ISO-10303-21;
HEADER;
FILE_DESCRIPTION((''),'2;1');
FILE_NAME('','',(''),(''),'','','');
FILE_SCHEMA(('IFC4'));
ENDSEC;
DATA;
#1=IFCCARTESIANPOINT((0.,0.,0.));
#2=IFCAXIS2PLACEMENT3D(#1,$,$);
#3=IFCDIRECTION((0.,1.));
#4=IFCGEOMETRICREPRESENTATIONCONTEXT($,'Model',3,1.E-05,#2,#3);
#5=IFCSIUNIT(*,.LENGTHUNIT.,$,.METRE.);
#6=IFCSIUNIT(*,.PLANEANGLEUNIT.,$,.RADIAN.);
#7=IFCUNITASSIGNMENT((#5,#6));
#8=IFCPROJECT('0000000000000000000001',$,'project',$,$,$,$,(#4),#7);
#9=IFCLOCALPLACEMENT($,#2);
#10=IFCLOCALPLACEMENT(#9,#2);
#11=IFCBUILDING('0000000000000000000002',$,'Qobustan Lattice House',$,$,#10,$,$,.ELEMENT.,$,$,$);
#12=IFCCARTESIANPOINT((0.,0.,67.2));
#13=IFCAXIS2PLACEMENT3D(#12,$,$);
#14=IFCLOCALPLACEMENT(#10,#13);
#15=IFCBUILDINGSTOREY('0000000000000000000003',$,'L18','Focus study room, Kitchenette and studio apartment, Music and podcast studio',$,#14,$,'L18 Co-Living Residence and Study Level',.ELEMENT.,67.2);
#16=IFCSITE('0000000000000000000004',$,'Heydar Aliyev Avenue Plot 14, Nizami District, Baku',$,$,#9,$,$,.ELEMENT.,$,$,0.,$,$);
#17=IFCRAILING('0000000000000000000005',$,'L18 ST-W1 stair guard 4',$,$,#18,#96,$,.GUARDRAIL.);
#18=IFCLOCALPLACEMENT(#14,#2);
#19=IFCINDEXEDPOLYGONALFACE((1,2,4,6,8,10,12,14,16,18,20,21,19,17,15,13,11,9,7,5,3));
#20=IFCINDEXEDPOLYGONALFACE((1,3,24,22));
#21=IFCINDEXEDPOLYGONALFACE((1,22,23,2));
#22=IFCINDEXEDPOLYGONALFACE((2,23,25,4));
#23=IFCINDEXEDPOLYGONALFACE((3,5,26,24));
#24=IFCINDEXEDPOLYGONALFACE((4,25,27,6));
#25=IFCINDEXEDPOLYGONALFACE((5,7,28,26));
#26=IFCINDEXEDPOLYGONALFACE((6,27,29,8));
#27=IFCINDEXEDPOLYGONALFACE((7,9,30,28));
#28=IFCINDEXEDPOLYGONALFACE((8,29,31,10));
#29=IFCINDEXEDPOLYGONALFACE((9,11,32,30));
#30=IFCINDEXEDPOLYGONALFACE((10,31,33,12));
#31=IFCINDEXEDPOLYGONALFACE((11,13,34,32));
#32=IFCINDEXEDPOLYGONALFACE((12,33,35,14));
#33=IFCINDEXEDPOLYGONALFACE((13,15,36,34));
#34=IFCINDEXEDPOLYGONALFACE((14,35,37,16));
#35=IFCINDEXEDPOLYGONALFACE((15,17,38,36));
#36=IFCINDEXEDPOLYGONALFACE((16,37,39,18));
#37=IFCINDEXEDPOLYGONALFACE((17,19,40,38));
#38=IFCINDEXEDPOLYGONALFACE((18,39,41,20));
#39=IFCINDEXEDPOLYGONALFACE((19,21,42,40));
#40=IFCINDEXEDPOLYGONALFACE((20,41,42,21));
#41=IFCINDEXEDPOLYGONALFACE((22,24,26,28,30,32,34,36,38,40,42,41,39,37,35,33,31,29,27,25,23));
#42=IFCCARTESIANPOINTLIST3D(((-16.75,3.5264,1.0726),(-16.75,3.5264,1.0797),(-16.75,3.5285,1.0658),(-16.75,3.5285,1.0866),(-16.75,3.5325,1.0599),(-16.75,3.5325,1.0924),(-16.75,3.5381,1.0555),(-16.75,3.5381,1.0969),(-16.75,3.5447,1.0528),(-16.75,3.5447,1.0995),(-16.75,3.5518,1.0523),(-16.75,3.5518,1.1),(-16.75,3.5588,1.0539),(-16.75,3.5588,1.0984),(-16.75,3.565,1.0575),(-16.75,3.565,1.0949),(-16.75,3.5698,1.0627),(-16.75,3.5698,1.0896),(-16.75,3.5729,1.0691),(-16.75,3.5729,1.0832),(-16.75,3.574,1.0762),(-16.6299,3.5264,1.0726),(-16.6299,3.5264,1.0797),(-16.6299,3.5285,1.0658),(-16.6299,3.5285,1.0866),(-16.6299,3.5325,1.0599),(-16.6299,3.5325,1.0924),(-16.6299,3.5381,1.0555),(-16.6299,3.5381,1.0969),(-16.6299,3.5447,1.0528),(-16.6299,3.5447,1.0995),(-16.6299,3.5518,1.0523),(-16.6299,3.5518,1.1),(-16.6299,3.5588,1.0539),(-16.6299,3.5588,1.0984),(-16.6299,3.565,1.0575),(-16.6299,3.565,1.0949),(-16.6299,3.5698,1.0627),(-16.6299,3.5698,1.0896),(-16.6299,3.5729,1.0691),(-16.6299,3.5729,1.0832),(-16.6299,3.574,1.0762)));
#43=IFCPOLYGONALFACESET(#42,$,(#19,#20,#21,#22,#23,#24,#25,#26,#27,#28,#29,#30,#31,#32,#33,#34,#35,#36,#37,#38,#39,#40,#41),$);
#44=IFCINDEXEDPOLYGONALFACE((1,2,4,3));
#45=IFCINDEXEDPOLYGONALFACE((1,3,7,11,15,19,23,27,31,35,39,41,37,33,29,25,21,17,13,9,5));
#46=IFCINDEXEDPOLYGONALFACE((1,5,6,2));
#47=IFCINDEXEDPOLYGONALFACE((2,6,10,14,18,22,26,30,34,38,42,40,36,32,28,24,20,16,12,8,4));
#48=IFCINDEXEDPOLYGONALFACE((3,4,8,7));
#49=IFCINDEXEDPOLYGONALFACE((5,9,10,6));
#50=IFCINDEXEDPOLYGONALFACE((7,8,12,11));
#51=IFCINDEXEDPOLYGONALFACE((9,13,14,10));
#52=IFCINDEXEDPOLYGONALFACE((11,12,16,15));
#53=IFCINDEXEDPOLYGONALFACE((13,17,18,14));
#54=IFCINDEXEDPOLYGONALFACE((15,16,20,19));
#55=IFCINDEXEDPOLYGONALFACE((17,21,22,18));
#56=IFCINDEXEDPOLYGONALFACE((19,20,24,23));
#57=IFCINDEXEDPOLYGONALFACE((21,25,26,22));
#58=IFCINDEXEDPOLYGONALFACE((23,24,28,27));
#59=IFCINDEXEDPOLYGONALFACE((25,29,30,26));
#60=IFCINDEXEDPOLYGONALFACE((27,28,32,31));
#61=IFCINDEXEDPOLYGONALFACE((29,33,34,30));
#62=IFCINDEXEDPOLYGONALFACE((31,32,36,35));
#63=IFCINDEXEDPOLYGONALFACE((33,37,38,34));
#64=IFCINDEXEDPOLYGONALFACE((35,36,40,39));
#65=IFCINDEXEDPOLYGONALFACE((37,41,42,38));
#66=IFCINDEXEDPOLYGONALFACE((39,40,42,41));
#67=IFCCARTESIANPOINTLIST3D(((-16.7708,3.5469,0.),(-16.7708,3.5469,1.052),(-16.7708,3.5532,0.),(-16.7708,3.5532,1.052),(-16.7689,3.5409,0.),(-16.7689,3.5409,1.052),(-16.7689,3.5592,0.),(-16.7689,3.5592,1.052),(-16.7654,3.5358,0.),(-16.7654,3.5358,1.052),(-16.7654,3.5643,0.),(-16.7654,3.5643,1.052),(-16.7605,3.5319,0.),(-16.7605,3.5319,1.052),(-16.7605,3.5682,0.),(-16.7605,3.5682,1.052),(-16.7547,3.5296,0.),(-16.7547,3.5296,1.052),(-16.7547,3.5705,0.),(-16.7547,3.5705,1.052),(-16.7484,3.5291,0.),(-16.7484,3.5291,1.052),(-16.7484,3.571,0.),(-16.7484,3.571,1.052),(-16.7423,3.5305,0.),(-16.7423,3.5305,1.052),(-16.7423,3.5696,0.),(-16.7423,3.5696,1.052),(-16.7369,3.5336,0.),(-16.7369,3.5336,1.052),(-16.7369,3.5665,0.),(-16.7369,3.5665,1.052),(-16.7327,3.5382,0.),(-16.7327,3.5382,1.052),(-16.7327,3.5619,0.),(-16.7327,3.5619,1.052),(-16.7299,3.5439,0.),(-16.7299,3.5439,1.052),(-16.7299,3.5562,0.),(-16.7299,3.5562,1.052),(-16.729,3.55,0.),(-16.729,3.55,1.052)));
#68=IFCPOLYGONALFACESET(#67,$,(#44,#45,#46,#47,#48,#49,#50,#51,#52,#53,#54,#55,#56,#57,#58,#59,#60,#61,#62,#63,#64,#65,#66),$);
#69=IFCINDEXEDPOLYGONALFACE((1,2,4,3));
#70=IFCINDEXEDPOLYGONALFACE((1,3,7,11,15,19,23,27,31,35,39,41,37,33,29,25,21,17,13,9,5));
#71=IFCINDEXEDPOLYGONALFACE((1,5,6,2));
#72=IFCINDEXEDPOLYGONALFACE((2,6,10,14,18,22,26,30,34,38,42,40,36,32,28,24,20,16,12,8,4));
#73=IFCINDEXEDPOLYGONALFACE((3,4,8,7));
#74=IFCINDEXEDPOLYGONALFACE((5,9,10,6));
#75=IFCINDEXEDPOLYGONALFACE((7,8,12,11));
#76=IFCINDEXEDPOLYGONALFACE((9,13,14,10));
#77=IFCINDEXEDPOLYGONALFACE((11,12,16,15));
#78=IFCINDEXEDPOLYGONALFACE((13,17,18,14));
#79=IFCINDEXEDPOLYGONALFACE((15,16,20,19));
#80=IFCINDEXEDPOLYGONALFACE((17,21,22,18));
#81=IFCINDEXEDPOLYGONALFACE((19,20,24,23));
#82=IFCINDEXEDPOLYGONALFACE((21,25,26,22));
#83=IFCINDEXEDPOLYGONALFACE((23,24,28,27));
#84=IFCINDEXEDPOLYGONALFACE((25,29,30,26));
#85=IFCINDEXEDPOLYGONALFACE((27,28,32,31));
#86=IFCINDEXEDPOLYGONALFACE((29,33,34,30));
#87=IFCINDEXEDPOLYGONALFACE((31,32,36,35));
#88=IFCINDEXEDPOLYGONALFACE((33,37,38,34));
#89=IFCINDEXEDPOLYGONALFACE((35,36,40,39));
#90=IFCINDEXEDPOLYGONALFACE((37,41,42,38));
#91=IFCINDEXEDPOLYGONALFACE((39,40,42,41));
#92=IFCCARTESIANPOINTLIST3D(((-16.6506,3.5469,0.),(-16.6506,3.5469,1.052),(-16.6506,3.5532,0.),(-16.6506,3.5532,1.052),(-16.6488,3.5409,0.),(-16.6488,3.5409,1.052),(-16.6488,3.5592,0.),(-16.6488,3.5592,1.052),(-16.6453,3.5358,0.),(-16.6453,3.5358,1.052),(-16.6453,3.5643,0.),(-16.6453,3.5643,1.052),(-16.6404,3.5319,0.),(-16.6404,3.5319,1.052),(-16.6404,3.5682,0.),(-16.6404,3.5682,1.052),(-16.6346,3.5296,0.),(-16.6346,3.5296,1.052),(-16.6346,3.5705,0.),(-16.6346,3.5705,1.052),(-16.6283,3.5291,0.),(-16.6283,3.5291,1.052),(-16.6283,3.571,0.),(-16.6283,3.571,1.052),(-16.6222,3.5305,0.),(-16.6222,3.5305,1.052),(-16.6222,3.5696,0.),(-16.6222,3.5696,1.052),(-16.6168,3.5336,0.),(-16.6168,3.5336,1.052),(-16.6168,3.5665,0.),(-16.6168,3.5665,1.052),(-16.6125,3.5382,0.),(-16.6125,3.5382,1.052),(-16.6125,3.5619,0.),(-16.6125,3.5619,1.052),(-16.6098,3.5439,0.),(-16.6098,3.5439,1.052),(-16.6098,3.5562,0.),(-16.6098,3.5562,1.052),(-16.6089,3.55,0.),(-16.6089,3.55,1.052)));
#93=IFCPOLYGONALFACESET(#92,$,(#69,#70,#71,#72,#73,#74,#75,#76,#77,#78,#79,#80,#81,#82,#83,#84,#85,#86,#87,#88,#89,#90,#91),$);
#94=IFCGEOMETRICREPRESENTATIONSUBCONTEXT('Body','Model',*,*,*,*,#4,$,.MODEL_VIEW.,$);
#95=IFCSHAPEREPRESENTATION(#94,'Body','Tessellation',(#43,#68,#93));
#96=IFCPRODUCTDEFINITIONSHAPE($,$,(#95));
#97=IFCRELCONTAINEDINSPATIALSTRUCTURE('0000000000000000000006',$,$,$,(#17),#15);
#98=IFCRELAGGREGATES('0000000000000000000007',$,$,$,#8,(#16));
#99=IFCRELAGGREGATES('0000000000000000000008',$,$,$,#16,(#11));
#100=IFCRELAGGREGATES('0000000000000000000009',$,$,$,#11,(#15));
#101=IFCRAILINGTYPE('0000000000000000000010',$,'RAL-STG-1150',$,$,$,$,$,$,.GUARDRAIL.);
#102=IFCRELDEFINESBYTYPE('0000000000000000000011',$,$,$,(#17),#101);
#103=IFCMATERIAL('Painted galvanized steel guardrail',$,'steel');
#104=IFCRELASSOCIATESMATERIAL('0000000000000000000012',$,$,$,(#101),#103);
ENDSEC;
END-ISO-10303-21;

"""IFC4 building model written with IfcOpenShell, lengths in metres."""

from ifc_helpers import new_model, si_unit, direction, frame, origin, origin_2d, place, context, subcontext, project, spatial, circle, extrude, material, type_object, element, save


model = new_model("IFC4")

# Units and contexts
model_context = context("Model", 3, precision=1e-05, world=origin(), true_north=direction((0.0, 1.0)))
body_context = subcontext(model_context, "Body", "Model", "MODEL_VIEW")
ifc_project = project(units=[si_unit("LENGTHUNIT", "METRE"), si_unit("PLANEANGLEUNIT", "RADIAN")], contexts=[model_context])

# Site, building, storey
site_placement = place(None, origin())
site = spatial("IfcSite", under=ifc_project, at=site_placement, Name="Heydar Aliyev Avenue Plot 14, Nizami District, Baku", CompositionType="ELEMENT", RefElevation=0.0)
building_placement = place(site_placement, origin())
building = spatial("IfcBuilding", under=site, at=building_placement, Name="Qobustan Lattice House", CompositionType="ELEMENT")
storey_placement = place(building_placement, frame((0.0, 0.0, 67.2)))
storey = spatial("IfcBuildingStorey", under=building, at=storey_placement, Name="L18", Description="Focus study room, Kitchenette and studio apartment, Music and podcast studio", LongName="L18 Co-Living Residence and Study Level", CompositionType="ELEMENT", Elevation=67.2)

# Railing
ifc_material_1 = material(Name="Painted galvanized steel guardrail", Category="steel")
railing_type_1 = type_object("IfcRailingType", Name="RAL-STG-1150", PredefinedType="GUARDRAIL", material=ifc_material_1)
railing_1_placement = place(storey_placement, frame((-16.75, 3.55, 0.0)))
element("IfcRailing", 1, at=railing_1_placement, inside=storey, type_object=railing_type_1, Name="L18 ST-W1 stair guard 4", PredefinedType="GUARDRAIL", context=body_context, shape_type="SweptSolid", body=[
    extrude(circle(Radius=0.0239, at=origin_2d()), frame((0.0, 0.0, 1.0762), z_axis=(1.0, 0.0, 0.0), x_axis=(0.0, 1.0, 0.0)), (0.0, 0.0, 1.0), 0.1201),
    extrude(circle(Radius=0.021, at=origin_2d()), origin(), (0.0, 0.0, 1.0), 1.052),
    extrude(circle(Radius=0.021, at=origin_2d()), frame((0.1201, 0.0, 0.0)), (0.0, 0.0, 1.0), 1.052),
])

save(model, "model.ifc")
